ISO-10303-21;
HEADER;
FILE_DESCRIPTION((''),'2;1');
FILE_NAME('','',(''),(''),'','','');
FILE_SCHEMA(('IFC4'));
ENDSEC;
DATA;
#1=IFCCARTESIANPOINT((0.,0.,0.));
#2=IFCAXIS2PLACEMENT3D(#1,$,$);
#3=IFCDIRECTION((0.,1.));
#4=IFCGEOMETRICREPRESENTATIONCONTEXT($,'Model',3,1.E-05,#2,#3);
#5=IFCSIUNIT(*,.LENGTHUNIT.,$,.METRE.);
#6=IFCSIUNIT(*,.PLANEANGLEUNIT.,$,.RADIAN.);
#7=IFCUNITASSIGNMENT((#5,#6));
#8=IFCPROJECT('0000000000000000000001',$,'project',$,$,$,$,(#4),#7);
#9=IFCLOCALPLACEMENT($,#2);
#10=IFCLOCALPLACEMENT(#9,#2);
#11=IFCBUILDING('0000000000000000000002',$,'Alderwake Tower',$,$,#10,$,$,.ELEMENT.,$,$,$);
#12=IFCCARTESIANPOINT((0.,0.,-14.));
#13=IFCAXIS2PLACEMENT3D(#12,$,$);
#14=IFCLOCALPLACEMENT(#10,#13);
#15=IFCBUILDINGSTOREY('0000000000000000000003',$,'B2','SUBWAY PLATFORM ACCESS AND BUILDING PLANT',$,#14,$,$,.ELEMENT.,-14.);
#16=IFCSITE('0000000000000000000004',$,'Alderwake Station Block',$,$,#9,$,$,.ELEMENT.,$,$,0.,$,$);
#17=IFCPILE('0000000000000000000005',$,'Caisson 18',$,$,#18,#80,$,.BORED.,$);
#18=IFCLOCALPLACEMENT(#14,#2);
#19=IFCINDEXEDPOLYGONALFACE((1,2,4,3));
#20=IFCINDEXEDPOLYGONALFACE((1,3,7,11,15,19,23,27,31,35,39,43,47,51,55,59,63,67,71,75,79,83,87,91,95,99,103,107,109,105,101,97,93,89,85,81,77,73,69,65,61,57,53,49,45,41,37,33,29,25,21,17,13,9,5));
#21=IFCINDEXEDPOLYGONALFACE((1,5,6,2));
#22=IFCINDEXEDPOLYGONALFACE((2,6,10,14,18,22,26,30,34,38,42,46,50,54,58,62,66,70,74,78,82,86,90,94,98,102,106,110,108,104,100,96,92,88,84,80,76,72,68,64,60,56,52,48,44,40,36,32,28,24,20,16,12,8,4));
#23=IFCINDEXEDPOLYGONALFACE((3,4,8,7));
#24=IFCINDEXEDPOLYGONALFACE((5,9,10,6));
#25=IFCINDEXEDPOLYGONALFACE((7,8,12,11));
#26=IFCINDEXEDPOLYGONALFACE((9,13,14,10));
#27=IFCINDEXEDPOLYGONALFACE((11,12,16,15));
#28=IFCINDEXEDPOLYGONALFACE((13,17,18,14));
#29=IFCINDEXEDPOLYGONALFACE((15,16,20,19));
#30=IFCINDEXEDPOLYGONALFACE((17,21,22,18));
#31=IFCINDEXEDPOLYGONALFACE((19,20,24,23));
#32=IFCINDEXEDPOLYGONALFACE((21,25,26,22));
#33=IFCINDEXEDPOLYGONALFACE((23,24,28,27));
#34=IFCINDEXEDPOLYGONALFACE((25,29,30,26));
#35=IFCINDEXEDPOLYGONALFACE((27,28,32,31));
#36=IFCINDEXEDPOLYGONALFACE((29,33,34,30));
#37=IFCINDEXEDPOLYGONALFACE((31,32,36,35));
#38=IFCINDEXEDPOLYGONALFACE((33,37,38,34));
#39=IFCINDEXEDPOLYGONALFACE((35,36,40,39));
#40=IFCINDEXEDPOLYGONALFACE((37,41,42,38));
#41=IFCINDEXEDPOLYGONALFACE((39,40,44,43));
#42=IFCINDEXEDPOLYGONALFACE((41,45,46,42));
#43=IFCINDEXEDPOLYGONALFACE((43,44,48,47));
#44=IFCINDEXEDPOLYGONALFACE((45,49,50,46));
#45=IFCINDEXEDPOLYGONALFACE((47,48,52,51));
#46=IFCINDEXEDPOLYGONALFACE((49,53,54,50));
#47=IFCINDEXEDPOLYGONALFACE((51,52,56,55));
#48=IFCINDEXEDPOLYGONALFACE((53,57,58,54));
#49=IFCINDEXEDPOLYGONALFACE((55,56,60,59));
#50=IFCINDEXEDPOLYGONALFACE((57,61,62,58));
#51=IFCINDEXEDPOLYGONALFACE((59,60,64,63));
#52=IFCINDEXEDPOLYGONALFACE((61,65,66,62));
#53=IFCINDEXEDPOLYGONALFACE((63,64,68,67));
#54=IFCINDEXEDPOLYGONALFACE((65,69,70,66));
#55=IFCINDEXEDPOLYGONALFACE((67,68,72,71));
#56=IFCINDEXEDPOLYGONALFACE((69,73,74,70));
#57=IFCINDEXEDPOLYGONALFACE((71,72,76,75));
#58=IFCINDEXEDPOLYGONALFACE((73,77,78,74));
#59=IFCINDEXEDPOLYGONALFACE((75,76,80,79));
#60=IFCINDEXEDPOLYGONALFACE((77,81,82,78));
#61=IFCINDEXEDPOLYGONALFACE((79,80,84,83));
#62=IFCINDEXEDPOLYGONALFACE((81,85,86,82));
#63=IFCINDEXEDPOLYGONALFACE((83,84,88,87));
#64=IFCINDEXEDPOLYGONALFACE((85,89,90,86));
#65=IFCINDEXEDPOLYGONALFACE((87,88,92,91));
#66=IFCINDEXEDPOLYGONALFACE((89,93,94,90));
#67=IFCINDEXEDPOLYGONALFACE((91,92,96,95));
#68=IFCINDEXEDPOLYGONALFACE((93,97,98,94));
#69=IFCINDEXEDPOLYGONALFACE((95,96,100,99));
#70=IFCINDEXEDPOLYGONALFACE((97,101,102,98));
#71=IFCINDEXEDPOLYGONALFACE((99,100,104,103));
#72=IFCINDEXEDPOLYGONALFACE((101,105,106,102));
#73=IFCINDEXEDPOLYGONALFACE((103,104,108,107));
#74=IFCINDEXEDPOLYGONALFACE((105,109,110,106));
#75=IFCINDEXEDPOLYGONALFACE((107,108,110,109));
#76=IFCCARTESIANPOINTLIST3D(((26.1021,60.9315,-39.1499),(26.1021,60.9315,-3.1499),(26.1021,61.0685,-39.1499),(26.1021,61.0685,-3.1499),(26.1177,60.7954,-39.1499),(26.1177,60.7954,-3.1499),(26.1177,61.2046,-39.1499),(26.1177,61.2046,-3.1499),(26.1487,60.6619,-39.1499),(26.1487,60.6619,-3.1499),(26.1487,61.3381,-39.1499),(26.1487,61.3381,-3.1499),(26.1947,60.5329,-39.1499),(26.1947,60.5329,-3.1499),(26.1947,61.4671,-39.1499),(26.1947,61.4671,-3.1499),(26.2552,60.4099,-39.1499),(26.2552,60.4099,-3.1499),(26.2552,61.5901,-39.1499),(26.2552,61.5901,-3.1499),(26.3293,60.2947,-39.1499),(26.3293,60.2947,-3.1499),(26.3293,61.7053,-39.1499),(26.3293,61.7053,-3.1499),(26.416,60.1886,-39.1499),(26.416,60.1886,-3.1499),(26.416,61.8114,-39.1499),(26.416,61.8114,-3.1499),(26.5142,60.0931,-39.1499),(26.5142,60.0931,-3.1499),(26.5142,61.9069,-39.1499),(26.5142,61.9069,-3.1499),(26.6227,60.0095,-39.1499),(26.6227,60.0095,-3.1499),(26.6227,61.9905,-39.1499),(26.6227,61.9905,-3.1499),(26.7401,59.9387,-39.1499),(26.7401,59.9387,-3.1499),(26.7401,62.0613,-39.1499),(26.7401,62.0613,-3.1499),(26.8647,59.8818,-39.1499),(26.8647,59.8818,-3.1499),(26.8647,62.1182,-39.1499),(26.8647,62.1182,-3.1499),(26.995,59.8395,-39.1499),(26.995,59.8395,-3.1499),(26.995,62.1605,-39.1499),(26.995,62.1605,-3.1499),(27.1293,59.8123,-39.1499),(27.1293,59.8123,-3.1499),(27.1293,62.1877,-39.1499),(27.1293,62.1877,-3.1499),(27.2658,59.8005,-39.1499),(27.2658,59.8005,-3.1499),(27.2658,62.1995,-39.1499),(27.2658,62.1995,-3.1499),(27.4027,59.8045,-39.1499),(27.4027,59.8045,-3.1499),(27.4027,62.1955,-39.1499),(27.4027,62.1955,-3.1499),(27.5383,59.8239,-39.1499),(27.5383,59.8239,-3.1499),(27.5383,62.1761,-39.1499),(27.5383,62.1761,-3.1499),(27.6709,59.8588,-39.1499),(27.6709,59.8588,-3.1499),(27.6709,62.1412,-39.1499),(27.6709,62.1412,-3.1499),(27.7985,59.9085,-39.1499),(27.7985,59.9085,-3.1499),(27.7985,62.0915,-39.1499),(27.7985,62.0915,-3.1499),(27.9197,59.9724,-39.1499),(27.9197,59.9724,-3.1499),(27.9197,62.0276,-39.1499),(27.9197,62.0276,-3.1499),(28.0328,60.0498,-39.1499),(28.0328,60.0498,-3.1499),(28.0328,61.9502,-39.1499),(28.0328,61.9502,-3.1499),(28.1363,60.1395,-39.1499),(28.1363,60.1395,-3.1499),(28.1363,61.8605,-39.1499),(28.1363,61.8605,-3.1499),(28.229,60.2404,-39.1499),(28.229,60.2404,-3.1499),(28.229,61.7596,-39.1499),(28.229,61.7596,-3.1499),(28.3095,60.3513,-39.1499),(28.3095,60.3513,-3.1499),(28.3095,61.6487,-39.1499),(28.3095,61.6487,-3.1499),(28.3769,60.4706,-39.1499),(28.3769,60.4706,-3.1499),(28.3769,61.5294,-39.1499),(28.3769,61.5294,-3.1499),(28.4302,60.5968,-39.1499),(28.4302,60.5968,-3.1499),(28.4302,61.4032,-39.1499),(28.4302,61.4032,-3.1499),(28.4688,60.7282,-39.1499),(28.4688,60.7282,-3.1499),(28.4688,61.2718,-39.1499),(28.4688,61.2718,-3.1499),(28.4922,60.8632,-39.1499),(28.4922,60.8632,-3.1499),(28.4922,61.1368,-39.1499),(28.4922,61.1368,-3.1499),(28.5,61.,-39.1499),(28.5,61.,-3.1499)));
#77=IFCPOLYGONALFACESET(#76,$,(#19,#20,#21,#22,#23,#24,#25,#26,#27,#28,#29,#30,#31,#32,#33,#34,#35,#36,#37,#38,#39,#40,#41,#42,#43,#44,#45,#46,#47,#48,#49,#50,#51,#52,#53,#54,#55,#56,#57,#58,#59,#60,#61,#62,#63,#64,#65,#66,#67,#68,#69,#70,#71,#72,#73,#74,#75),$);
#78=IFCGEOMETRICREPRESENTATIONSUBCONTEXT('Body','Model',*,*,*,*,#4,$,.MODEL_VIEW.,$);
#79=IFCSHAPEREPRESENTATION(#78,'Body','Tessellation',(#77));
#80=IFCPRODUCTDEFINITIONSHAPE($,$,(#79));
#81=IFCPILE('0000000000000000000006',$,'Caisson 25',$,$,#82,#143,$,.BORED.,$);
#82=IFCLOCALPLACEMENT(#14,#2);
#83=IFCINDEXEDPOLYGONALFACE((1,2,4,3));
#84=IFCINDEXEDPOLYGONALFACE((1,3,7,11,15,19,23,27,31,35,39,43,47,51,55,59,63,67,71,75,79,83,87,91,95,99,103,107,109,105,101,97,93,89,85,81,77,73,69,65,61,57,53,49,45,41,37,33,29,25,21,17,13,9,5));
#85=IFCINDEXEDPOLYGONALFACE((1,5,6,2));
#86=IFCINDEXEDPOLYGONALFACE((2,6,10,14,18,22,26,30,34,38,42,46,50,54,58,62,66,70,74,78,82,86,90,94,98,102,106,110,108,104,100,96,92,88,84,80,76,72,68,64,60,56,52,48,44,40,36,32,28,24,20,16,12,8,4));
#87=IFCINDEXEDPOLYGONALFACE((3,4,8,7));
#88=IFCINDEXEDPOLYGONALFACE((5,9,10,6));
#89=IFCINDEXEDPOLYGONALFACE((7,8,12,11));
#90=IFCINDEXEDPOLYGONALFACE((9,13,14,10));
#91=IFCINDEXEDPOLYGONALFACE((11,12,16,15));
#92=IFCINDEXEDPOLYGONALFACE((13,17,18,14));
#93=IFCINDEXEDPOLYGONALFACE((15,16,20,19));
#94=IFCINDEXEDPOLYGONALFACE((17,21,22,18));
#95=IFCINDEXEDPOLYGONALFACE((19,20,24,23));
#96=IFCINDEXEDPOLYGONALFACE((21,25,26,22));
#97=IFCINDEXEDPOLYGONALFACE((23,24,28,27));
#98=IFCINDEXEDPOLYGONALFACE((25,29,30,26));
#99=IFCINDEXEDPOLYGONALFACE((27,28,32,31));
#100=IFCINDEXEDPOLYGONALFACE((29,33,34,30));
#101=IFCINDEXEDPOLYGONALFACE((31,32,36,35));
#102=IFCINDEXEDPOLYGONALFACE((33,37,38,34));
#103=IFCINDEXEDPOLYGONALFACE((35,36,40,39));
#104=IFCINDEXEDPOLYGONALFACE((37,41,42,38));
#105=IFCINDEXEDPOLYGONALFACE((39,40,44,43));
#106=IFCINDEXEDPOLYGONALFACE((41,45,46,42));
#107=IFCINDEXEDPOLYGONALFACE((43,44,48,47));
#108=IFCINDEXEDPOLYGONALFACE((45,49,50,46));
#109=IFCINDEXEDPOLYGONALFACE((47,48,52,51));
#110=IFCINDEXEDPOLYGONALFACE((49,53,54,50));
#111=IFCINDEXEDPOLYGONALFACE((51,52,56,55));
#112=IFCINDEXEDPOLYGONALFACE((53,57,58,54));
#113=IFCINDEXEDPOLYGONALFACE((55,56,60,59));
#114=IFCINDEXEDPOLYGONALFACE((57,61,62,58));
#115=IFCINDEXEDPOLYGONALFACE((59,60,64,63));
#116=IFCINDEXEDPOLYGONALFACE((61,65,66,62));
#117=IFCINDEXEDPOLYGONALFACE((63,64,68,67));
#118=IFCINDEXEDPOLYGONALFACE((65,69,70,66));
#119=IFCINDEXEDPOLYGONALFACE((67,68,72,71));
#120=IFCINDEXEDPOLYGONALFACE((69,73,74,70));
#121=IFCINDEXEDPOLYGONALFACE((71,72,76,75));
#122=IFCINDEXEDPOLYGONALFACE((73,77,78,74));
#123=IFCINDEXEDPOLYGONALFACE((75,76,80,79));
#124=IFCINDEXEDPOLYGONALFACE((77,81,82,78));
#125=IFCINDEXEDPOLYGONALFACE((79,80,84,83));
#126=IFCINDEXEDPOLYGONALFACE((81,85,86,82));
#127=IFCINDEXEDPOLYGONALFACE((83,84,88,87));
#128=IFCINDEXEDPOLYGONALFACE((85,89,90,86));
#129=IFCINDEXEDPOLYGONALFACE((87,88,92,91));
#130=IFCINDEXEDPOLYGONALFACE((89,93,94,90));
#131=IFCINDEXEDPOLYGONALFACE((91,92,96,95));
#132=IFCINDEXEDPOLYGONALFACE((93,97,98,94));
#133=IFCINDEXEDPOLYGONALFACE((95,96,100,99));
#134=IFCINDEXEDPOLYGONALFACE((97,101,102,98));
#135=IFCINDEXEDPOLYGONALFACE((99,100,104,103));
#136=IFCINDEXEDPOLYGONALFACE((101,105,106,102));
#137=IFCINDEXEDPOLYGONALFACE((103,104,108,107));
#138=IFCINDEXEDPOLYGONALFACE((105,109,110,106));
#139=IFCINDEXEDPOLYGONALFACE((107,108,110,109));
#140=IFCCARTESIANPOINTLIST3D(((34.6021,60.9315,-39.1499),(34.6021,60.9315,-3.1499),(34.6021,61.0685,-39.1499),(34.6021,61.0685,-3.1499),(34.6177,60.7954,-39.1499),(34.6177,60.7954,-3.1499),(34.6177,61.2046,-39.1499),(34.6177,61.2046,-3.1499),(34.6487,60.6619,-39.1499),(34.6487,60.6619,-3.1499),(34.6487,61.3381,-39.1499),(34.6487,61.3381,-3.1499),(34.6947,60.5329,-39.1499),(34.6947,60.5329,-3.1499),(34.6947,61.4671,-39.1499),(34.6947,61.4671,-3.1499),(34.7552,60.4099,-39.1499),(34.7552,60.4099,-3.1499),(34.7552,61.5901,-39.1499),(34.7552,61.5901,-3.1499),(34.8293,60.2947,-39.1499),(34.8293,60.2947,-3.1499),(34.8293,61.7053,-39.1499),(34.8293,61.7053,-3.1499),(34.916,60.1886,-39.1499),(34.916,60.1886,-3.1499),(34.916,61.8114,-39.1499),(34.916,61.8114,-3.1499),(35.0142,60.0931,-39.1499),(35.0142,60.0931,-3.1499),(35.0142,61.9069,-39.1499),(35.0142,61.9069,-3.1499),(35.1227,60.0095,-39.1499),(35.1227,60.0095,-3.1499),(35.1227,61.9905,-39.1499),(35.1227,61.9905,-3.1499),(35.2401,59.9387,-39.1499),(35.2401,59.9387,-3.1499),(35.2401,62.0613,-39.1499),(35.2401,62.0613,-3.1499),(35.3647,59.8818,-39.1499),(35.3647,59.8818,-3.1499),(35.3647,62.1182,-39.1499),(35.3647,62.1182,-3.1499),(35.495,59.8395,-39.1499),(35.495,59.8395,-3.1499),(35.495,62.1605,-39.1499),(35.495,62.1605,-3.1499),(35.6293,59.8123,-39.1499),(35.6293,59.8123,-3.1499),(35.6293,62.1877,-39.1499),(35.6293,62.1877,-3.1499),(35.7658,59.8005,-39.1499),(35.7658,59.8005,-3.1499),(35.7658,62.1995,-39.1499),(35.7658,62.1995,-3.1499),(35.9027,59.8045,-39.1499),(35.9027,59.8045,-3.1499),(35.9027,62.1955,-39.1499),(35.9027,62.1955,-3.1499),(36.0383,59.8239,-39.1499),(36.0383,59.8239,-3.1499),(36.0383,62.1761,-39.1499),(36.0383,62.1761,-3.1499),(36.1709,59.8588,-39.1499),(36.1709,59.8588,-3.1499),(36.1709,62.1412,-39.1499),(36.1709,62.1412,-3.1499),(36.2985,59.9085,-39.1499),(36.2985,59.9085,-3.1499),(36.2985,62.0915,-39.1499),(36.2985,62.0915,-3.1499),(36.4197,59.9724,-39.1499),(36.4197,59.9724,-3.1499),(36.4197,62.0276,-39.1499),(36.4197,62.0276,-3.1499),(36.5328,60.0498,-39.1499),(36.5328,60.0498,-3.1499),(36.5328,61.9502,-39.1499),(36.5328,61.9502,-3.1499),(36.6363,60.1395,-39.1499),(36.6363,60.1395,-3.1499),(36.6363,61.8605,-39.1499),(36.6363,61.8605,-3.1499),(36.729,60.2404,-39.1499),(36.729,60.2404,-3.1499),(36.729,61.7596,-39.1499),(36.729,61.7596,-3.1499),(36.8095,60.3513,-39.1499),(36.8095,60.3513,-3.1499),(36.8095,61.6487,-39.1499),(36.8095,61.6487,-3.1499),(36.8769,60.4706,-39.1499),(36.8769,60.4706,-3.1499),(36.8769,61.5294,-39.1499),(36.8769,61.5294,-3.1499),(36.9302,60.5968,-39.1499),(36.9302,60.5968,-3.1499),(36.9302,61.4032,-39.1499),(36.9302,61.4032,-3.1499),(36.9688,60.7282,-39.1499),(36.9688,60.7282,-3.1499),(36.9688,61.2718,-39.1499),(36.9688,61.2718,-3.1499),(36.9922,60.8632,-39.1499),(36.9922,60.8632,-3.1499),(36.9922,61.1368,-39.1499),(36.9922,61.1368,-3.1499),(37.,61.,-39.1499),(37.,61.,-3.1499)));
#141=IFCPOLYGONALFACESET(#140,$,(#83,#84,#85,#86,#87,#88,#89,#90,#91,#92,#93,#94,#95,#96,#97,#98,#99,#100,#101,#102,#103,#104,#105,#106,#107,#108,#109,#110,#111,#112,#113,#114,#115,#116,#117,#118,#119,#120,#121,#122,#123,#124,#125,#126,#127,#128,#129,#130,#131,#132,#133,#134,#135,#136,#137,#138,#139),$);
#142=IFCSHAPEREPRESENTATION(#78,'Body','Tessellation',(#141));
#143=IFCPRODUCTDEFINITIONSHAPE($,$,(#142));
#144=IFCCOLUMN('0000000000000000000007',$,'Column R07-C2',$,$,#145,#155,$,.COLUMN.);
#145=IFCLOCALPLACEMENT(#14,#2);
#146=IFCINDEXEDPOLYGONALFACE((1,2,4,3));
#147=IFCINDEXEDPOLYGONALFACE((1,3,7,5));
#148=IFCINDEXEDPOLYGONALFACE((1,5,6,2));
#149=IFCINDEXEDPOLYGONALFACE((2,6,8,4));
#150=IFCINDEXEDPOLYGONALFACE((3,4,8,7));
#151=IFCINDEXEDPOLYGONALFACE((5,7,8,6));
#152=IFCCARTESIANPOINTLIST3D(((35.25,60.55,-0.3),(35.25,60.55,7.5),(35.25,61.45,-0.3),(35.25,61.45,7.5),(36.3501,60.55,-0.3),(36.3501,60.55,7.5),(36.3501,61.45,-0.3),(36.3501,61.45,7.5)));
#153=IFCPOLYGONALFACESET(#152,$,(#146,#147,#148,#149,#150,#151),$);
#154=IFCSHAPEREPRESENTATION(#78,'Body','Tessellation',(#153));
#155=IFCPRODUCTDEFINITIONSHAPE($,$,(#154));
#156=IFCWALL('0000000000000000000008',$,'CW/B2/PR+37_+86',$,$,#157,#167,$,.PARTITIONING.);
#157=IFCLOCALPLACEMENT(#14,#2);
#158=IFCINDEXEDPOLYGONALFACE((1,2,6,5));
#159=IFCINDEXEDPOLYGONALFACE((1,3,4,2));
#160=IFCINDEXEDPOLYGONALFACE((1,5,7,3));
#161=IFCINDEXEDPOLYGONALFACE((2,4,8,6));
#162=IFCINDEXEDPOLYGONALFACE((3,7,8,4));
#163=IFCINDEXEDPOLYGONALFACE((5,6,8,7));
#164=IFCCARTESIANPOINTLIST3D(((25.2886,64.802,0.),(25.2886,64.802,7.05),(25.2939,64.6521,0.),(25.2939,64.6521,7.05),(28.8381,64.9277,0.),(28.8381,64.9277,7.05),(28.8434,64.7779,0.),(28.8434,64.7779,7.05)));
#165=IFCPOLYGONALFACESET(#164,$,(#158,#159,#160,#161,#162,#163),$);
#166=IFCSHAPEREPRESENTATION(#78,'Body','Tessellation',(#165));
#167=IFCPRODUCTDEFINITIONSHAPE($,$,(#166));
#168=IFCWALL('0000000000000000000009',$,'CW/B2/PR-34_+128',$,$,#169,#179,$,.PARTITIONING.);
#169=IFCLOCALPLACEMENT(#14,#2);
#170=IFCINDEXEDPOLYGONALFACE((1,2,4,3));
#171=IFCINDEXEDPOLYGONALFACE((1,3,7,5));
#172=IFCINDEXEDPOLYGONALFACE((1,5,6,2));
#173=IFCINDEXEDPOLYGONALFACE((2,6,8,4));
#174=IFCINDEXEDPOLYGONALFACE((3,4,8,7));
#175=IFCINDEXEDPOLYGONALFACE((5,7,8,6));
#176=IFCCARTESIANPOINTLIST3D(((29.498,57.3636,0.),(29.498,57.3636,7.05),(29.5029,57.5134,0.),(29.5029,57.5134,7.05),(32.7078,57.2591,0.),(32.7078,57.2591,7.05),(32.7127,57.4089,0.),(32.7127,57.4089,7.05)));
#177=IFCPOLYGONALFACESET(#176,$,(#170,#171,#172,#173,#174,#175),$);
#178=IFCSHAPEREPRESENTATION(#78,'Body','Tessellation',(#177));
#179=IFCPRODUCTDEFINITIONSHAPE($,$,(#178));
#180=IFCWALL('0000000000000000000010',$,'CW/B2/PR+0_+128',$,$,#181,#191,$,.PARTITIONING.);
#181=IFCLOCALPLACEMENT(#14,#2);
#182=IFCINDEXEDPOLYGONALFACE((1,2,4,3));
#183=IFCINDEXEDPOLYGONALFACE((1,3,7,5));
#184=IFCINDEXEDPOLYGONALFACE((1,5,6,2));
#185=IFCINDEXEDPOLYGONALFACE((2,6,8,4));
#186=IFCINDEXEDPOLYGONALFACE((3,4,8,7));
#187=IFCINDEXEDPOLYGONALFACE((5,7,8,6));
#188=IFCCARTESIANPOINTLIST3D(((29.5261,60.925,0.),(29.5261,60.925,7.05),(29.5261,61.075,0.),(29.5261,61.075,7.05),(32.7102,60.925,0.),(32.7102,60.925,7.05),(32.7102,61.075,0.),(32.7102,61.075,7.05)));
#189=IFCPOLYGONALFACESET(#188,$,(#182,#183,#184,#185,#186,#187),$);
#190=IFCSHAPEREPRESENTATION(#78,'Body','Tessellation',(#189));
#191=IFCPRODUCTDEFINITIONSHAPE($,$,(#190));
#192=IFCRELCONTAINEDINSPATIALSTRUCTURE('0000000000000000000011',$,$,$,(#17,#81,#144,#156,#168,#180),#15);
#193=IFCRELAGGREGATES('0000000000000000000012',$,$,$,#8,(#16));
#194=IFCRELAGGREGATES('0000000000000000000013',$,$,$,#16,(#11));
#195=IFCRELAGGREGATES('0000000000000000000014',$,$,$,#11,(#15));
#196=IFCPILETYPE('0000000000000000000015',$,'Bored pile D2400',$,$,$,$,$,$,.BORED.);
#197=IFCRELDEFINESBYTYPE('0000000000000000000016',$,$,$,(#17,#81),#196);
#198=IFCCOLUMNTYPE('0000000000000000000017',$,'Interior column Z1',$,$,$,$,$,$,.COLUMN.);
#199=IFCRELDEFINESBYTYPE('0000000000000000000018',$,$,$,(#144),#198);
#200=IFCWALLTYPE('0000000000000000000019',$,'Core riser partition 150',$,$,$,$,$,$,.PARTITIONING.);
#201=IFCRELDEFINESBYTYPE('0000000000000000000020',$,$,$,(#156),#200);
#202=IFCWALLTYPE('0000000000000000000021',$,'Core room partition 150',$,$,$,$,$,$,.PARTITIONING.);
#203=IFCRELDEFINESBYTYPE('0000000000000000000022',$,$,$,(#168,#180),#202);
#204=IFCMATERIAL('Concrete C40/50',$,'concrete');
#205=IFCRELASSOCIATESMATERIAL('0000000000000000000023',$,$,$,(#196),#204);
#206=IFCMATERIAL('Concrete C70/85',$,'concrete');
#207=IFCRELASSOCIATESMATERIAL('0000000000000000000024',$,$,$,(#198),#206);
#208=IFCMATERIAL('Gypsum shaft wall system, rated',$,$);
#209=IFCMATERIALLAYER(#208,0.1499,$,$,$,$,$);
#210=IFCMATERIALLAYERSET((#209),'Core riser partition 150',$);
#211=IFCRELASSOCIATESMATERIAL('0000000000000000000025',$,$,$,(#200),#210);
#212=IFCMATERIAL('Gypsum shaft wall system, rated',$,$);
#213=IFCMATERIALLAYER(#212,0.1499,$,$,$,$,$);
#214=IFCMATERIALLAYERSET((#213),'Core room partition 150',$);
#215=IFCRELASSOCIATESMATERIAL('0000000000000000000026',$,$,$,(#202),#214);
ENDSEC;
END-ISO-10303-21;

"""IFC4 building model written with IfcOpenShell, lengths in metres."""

from ifc_helpers import new_model, si_unit, direction, frame, frame_2d, origin, origin_2d, place, context, subcontext, project, spatial, rectangle, circle, extrude, material, layer, layer_set, material_profile, profile_set, type_object, element, save


model = new_model("IFC4")

# Units and contexts
model_context = context("Model", 3, precision=1e-05, world=origin(), true_north=direction((0.0, 1.0)))
body_context = subcontext(model_context, "Body", "Model", "MODEL_VIEW")
ifc_project = project(units=[si_unit("LENGTHUNIT", "METRE"), si_unit("PLANEANGLEUNIT", "RADIAN")], contexts=[model_context])

# Site, building, storey
site_placement = place(None, origin())
site = spatial("IfcSite", under=ifc_project, at=site_placement, Name="Alderwake Station Block", CompositionType="ELEMENT", RefElevation=0.0)
building_placement = place(site_placement, origin())
building = spatial("IfcBuilding", under=site, at=building_placement, Name="Alderwake Tower", CompositionType="ELEMENT")
storey_placement = place(building_placement, frame((0.0, 0.0, -14.0)))
storey = spatial("IfcBuildingStorey", under=building, at=storey_placement, Name="B2", Description="SUBWAY PLATFORM ACCESS AND BUILDING PLANT", CompositionType="ELEMENT", Elevation=-14.0)

# Piles
ifc_material_1 = material(Name="Concrete C40/50", Category="concrete")
ifc_material_profile_1 = material_profile(ifc_material_1, circle(Radius=1.2, at=origin_2d()), Name="PILE 2400")
ifc_profile_set_1 = profile_set([ifc_material_profile_1], Name="Concrete C40/50")
pile_type = type_object("IfcPileType", Name="Bored pile D2400", PredefinedType="BORED", material=ifc_profile_set_1)
for number, where, z_axis, x_axis, name in (
    (1, (27.3, 61.0, -3.1499), (0.0, 0.0, -1.0), (1.0, 0.0, 0.0), "Caisson 18"),
    (2, (35.8, 61.0, -3.1499), (0.0, 0.0, -1.0), (1.0, 0.0, 0.0), "Caisson 25"),
):
    element("IfcPile", number, at=place(storey_placement, frame(where, z_axis=z_axis, x_axis=x_axis)), inside=storey, type_object=pile_type, Name=name, PredefinedType="BORED", context=body_context, shape_type="SweptSolid", body=[
        extrude(circle(Radius=1.2, at=origin_2d()), origin(), (0.0, 0.0, 1.0), 36.0),
    ])

# Column
ifc_material_2 = material(Name="Concrete C70/85", Category="concrete")
ifc_material_profile_2 = material_profile(ifc_material_2, rectangle(XDim=0.8999, YDim=1.1001, at=origin_2d()), Name="RC 1100X900")
ifc_profile_set_2 = profile_set([ifc_material_profile_2], Name="Concrete C70/85")
column_type = type_object("IfcColumnType", Name="Interior column Z1", PredefinedType="COLUMN", material=ifc_profile_set_2)
column_placement = place(storey_placement, frame((35.8, 61.0, -0.3), z_axis=(0.0, 0.0, 1.0), x_axis=(0.0, 1.0, 0.0)))
element("IfcColumn", 3, at=column_placement, inside=storey, type_object=column_type, Name="Column R07-C2", PredefinedType="COLUMN", context=body_context, shape_type="SweptSolid", body=[
    extrude(rectangle(XDim=0.8999, YDim=1.1001, at=origin_2d()), origin(), (0.0, 0.0, 1.0), 7.8),
])

# Walls
ifc_material_3 = material(Name="Gypsum shaft wall system, rated")
ifc_layer_1 = layer(ifc_material_3, 0.1499)
ifc_layer_set_1 = layer_set([ifc_layer_1], Name="Core riser partition 150")
wall_type_1 = type_object("IfcWallType", Name="Core riser partition 150", PredefinedType="PARTITIONING", material=ifc_layer_set_1)
wall_1_placement = place(storey_placement, frame((25.2913, 64.7271, 0.0), z_axis=(0.0, 0.0, 1.0), x_axis=(0.999373, 0.0354, 0.0)))
element("IfcWall", 4, at=wall_1_placement, inside=storey, type_object=wall_type_1, Name="CW/B2/PR+37_+86", PredefinedType="PARTITIONING", context=body_context, shape_type="SweptSolid", body=[
    extrude(rectangle(XDim=3.5518, YDim=0.1499, at=frame_2d((1.7759, 0.0))), origin(), (0.0, 0.0, 1.0), 7.05),
])
ifc_material_4 = material(Name="Gypsum shaft wall system, rated")
ifc_layer_2 = layer(ifc_material_4, 0.1499)
ifc_layer_set_2 = layer_set([ifc_layer_2], Name="Core room partition 150")
wall_type_2 = type_object("IfcWallType", Name="Core room partition 150", PredefinedType="PARTITIONING", material=ifc_layer_set_2)
wall_2_placement = place(storey_placement, frame((29.5005, 57.4385, 0.0), z_axis=(0.0, 0.0, 1.0), x_axis=(0.999471, -0.032538, 0.0)))
element("IfcWall", 5, at=wall_2_placement, inside=storey, type_object=wall_type_2, Name="CW/B2/PR-34_+128", PredefinedType="PARTITIONING", context=body_context, shape_type="SweptSolid", body=[
    extrude(rectangle(XDim=3.2114, YDim=0.1499, at=frame_2d((1.6057, 0.0))), origin(), (0.0, 0.0, 1.0), 7.05),
])
wall_3_placement = place(storey_placement, frame((29.5261, 61.0, 0.0), z_axis=(0.0, 0.0, 1.0), x_axis=(1.0, 0.0, 0.0)))
element("IfcWall", 6, at=wall_3_placement, inside=storey, type_object=wall_type_2, Name="CW/B2/PR+0_+128", PredefinedType="PARTITIONING", context=body_context, shape_type="SweptSolid", body=[
    extrude(rectangle(XDim=3.1841, YDim=0.1499, at=frame_2d((1.592, 0.0))), origin(), (0.0, 0.0, 1.0), 7.05),
])

save(model, "model.ifc")
